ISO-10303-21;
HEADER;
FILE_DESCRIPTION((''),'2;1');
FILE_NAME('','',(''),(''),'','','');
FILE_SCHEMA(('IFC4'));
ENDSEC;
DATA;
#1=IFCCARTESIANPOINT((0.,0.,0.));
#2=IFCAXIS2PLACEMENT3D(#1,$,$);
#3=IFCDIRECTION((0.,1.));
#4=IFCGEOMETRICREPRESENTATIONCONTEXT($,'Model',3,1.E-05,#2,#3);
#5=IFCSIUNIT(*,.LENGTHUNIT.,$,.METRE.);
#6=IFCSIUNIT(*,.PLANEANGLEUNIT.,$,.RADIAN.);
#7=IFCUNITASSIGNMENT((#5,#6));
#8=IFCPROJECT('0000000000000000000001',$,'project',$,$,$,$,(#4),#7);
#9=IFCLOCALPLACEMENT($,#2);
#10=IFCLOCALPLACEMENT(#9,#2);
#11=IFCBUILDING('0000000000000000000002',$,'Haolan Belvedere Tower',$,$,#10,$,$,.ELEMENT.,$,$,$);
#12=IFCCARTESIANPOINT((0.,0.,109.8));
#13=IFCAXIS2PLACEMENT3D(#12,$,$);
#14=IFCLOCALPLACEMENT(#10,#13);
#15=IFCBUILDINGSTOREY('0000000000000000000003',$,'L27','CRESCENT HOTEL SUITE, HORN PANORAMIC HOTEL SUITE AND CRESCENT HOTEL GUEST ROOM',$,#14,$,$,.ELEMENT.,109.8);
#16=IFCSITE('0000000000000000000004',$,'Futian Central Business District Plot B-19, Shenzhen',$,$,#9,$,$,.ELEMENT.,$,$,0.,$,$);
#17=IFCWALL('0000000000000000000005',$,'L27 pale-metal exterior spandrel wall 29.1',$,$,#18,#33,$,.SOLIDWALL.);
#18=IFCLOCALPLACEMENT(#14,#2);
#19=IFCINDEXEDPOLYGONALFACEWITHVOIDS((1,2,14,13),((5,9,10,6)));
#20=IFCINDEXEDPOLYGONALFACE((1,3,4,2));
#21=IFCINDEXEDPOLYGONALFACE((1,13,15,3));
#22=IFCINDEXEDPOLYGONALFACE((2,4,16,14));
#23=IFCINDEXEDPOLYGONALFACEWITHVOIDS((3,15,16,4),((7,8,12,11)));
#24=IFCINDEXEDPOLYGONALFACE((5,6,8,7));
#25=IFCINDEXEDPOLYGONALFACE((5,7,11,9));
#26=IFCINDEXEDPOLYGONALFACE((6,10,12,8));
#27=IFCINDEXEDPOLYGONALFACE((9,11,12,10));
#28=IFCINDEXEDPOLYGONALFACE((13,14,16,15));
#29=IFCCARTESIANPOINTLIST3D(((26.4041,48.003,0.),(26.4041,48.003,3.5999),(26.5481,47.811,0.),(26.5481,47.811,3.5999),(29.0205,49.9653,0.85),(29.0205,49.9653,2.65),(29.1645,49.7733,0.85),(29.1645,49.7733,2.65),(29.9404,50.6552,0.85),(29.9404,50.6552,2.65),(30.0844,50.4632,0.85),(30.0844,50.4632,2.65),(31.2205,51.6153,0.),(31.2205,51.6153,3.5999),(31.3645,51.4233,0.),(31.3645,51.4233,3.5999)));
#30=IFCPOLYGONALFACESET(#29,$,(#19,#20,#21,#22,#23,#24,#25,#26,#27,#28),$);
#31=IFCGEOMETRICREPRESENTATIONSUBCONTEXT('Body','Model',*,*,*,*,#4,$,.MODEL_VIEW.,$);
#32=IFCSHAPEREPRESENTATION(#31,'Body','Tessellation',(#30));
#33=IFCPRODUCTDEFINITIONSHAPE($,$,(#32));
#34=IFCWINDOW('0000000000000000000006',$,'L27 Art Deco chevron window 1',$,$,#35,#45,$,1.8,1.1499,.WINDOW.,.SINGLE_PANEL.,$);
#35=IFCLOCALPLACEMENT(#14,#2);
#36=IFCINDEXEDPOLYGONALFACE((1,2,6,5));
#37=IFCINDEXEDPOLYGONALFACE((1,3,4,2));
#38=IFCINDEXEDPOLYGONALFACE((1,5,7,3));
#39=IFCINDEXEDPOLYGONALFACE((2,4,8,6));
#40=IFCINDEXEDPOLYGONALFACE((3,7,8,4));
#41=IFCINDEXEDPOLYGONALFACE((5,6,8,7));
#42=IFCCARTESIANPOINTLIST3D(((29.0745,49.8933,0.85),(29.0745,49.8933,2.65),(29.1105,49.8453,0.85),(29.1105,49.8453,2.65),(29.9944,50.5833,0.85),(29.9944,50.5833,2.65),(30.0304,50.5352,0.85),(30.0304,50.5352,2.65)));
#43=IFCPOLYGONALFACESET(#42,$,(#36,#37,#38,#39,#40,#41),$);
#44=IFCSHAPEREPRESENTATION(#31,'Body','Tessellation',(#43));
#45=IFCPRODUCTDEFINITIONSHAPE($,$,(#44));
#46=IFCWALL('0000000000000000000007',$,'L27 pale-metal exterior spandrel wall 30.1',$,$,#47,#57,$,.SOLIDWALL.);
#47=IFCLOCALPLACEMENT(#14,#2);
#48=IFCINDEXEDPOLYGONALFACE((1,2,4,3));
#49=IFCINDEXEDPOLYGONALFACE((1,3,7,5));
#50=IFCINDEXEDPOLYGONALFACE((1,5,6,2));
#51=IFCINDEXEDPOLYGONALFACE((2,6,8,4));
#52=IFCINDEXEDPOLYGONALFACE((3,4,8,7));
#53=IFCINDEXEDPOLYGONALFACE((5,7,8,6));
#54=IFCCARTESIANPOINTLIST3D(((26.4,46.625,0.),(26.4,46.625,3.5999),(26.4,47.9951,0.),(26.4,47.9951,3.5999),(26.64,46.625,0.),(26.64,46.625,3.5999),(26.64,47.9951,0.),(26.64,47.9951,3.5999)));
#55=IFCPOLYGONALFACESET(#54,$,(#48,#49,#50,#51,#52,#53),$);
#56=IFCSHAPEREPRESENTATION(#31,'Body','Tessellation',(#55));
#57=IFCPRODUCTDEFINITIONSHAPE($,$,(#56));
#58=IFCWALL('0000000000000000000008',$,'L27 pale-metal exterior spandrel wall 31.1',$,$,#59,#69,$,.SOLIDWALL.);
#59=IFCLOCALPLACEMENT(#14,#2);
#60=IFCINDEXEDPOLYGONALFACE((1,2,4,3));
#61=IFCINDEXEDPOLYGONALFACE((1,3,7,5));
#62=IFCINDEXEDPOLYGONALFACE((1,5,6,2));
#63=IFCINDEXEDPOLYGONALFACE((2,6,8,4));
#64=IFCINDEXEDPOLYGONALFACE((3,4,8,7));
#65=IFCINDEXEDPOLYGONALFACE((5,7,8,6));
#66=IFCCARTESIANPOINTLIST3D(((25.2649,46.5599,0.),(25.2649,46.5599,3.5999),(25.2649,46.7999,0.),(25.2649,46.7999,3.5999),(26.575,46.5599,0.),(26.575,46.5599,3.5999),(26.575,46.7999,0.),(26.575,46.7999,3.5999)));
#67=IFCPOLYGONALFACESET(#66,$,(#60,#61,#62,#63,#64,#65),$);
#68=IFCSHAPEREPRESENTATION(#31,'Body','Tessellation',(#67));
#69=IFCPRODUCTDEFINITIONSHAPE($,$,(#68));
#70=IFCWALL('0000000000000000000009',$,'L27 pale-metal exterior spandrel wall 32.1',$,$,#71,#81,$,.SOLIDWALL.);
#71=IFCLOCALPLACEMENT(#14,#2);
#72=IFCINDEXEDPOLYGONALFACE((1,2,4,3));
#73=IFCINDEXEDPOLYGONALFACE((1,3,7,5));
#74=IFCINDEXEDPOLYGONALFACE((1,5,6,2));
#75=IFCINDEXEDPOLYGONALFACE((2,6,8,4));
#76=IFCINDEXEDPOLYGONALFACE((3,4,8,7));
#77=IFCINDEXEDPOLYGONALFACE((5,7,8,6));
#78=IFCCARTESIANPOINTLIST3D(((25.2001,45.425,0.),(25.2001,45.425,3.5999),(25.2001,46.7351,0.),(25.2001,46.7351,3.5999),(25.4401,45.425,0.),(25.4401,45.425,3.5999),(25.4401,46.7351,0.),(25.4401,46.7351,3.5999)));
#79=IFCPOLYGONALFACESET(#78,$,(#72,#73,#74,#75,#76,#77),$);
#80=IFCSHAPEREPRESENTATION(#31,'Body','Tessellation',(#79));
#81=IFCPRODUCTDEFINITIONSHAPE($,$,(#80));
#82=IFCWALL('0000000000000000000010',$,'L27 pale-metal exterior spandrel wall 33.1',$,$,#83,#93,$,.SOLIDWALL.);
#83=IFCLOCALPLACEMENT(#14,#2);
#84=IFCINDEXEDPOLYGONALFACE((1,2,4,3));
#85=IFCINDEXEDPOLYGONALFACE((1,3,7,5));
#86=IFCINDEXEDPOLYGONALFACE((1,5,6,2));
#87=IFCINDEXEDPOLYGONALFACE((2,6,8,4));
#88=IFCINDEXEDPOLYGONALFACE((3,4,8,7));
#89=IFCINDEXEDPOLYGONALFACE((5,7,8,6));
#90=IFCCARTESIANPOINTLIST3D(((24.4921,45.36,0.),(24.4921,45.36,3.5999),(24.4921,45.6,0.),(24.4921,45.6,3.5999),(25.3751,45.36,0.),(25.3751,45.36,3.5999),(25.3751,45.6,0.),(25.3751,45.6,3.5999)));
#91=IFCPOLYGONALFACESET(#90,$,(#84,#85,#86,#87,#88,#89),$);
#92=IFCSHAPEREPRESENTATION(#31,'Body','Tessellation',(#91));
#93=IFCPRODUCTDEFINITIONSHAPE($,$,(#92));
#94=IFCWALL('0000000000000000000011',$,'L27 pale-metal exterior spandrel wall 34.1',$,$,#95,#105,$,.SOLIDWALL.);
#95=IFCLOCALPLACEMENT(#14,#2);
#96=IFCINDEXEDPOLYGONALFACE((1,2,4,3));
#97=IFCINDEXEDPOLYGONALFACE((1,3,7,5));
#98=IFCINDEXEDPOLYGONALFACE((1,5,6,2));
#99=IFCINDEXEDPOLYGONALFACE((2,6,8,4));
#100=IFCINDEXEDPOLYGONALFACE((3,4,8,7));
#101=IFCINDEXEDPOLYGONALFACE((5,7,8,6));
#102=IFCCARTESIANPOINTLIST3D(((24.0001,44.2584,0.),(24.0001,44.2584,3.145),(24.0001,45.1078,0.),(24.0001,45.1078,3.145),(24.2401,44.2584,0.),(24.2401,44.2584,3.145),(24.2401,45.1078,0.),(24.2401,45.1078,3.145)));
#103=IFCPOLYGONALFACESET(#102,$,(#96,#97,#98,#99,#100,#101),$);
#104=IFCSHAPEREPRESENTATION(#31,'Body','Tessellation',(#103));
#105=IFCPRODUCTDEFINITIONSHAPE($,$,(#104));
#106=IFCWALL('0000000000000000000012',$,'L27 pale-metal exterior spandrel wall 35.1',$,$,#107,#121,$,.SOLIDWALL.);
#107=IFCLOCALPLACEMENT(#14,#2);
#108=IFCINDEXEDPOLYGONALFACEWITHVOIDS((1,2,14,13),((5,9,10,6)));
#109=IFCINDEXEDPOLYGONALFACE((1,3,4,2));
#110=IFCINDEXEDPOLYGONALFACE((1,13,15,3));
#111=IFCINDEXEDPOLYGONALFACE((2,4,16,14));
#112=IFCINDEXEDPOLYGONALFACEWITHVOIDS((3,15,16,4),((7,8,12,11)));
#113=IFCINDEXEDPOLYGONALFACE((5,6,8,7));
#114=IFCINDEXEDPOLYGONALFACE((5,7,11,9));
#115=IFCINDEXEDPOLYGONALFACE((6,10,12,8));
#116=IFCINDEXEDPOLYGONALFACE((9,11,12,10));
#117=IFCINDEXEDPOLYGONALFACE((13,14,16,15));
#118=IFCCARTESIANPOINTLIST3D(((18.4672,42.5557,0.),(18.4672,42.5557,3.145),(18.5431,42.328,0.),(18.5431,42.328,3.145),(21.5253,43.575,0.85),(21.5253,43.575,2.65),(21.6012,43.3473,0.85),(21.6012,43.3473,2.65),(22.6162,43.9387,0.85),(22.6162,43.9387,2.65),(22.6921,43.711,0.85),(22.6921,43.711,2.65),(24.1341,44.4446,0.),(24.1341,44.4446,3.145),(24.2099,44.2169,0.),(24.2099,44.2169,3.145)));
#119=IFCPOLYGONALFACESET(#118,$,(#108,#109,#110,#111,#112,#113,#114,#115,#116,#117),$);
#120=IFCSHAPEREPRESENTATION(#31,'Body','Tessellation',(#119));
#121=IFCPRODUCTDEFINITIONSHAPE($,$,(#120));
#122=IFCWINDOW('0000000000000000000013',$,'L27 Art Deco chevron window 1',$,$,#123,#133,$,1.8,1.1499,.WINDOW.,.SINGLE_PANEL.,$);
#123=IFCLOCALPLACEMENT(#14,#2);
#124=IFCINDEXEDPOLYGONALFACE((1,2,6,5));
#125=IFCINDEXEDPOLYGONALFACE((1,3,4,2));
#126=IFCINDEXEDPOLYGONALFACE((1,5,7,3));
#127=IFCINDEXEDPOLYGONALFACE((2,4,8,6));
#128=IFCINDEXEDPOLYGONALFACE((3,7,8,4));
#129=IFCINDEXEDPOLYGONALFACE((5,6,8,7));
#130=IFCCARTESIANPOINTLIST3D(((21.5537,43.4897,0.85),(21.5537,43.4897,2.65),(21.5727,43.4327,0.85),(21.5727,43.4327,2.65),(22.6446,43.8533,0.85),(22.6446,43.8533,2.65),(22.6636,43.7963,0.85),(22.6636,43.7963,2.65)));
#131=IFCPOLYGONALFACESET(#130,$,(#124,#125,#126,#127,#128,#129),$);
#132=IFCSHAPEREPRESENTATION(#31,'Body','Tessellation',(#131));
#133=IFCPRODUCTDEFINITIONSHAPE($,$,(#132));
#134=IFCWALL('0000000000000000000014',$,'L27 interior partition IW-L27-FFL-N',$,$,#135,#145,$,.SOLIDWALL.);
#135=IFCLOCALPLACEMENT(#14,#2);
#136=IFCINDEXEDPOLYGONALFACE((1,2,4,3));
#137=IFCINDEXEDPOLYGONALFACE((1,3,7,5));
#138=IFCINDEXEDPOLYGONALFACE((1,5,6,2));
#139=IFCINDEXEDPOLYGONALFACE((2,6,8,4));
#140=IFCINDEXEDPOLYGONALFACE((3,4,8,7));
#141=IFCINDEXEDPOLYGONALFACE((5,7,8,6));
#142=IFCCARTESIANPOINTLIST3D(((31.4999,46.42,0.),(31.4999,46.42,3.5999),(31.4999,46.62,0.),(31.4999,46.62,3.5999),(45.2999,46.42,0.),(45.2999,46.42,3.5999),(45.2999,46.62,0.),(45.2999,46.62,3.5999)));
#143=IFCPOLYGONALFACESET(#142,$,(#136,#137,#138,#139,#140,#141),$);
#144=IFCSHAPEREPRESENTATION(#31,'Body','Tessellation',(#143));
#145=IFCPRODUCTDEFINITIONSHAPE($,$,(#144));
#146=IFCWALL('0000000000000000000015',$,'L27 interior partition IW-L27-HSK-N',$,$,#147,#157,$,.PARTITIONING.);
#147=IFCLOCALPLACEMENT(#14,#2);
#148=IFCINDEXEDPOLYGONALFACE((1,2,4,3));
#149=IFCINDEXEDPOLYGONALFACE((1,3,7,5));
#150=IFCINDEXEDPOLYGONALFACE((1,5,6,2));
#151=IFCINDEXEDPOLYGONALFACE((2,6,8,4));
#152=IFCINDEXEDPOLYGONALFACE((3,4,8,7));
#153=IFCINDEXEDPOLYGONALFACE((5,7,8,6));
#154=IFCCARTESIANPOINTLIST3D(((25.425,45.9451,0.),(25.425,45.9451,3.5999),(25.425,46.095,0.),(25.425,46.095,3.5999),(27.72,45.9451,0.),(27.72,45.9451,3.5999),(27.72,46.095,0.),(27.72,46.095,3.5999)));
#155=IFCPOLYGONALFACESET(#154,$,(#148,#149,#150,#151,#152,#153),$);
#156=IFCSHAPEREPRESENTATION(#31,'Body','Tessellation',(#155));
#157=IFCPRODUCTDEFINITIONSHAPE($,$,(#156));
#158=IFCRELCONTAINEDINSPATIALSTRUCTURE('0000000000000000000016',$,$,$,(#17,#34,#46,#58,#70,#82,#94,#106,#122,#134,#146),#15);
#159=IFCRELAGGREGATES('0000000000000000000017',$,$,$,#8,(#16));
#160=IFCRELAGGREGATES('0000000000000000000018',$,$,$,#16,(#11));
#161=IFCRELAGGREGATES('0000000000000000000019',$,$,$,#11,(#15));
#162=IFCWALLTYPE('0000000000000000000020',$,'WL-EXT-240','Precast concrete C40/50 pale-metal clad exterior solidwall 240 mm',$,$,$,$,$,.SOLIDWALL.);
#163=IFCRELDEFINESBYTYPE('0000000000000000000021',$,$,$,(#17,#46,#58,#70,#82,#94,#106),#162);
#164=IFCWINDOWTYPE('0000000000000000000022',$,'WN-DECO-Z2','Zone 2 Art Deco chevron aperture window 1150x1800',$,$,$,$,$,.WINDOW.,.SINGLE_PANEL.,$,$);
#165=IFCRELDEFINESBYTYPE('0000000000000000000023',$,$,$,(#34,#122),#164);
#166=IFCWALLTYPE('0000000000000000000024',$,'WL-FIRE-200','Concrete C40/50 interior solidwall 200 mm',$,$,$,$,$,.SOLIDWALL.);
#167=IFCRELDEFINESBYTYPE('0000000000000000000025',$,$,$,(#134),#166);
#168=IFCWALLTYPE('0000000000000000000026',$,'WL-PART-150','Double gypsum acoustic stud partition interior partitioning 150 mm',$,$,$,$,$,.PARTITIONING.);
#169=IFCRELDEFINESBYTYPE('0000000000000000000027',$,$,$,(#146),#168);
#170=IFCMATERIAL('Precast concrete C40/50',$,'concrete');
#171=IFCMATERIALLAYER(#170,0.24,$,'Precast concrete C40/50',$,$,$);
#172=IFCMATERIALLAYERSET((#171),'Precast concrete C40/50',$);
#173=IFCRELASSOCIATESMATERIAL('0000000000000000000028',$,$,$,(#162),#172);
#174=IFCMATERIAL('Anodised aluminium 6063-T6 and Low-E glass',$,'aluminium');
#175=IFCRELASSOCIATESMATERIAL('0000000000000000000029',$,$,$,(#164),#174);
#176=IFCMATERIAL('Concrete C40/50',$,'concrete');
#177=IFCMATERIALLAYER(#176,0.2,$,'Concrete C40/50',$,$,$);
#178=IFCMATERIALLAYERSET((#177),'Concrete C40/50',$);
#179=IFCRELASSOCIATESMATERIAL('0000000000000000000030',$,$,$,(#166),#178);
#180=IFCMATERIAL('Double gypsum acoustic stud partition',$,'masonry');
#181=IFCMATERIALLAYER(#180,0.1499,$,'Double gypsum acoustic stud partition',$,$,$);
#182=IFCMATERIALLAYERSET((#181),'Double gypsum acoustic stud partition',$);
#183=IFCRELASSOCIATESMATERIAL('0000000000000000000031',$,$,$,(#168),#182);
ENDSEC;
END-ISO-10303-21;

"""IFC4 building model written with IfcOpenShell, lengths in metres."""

from ifc_helpers import new_model, si_unit, direction, frame, frame_2d, origin, place, context, subcontext, project, spatial, rectangle, extrude, material, layer, layer_set, type_object, element, fill, save


model = new_model("IFC4")

# Units and contexts
model_context = context("Model", 3, precision=1e-05, world=origin(), true_north=direction((0.0, 1.0)))
body_context = subcontext(model_context, "Body", "Model", "MODEL_VIEW")
ifc_project = project(units=[si_unit("LENGTHUNIT", "METRE"), si_unit("PLANEANGLEUNIT", "RADIAN")], contexts=[model_context])

# Site, building, storey
site_placement = place(None, origin())
site = spatial("IfcSite", under=ifc_project, at=site_placement, Name="Futian Central Business District Plot B-19, Shenzhen", CompositionType="ELEMENT", RefElevation=0.0)
building_placement = place(site_placement, origin())
building = spatial("IfcBuilding", under=site, at=building_placement, Name="Haolan Belvedere Tower", CompositionType="ELEMENT")
storey_placement = place(building_placement, frame((0.0, 0.0, 109.8)))
storey = spatial("IfcBuildingStorey", under=building, at=storey_placement, Name="L27", Description="CRESCENT HOTEL SUITE, HORN PANORAMIC HOTEL SUITE AND CRESCENT HOTEL GUEST ROOM", CompositionType="ELEMENT", Elevation=109.8)

# Wall, opening, window
ifc_material_1 = material(Name="Precast concrete C40/50", Category="concrete")
ifc_layer_1 = layer(ifc_material_1, 0.24, Name="Precast concrete C40/50")
ifc_layer_set_1 = layer_set([ifc_layer_1], Name="Precast concrete C40/50")
wall_type_1 = type_object("IfcWallType", Name="WL-EXT-240", Description="Precast concrete C40/50 pale-metal clad exterior solidwall 240 mm", PredefinedType="SOLIDWALL", material=ifc_layer_set_1)
wall_1_placement = place(storey_placement, frame((31.2925, 51.5193, 0.0), z_axis=(0.0, 0.0, 1.0), x_axis=(-0.8, -0.6, 0.0)))
wall_1 = element("IfcWall", 1, at=wall_1_placement, inside=storey, type_object=wall_type_1, Name="L27 pale-metal exterior spandrel wall 29.1", PredefinedType="SOLIDWALL", context=body_context, shape_type="SweptSolid", body=[
    extrude(rectangle(XDim=6.0205, YDim=0.24, at=frame_2d((3.0103, 0.0))), origin(), (0.0, 0.0, 1.0), 3.5999),
])
opening_1_placement = place(wall_1_placement, frame((1.6001, 0.0, 0.8501)))
opening_1 = element("IfcOpeningElement", 2, at=opening_1_placement, cuts=wall_1, PredefinedType="OPENING", context=body_context, shape_type="SweptSolid", body=[
    extrude(rectangle(XDim=1.1499, YDim=1.8, at=frame_2d((0.575, 0.8999))), frame((0.0, 0.1299, 0.0), z_axis=(0.0, -1.0, 0.0), x_axis=(1.0, 0.0, 0.0)), (0.0, 0.0, 1.0), 0.26),
])
ifc_material_2 = material(Name="Anodised aluminium 6063-T6 and Low-E glass", Category="aluminium")
window_type = type_object("IfcWindowType", Name="WN-DECO-Z2", Description="Zone 2 Art Deco chevron aperture window 1150x1800", PartitioningType="SINGLE_PANEL", PredefinedType="WINDOW", material=ifc_material_2)
window_1_placement = place(opening_1_placement, origin())
window_1 = element("IfcWindow", 3, at=window_1_placement, inside=storey, type_object=window_type, Name="L27 Art Deco chevron window 1", OverallHeight=1.8, OverallWidth=1.1499, PartitioningType="SINGLE_PANEL", PredefinedType="WINDOW", context=body_context, shape_type="SweptSolid", body=[
    extrude(rectangle(XDim=1.1499, YDim=1.8, at=frame_2d((0.575, 0.8999))), frame((0.0, 0.03, 0.0), z_axis=(0.0, -1.0, 0.0), x_axis=(1.0, 0.0, 0.0)), (0.0, 0.0, 1.0), 0.0601),
])
fill(opening_1, window_1)

# Walls
wall_2_placement = place(storey_placement, frame((26.52, 47.9951, 0.0), z_axis=(0.0, 0.0, 1.0), x_axis=(0.0, -1.0, 0.0)))
element("IfcWall", 4, at=wall_2_placement, inside=storey, type_object=wall_type_1, Name="L27 pale-metal exterior spandrel wall 30.1", PredefinedType="SOLIDWALL", context=body_context, shape_type="SweptSolid", body=[
    extrude(rectangle(XDim=1.3701, YDim=0.24, at=frame_2d((0.6851, 0.0))), origin(), (0.0, 0.0, 1.0), 3.5999),
])
for number, where, z_axis, x_axis, name in (
    (5, (26.575, 46.6799, 0.0), (0.0, 0.0, 1.0), (-1.0, 0.0, 0.0), "L27 pale-metal exterior spandrel wall 31.1"),
    (6, (25.3201, 46.7351, 0.0), (0.0, 0.0, 1.0), (0.0, -1.0, 0.0), "L27 pale-metal exterior spandrel wall 32.1"),
):
    element("IfcWall", number, at=place(storey_placement, frame(where, z_axis=z_axis, x_axis=x_axis)), inside=storey, type_object=wall_type_1, Name=name, PredefinedType="SOLIDWALL", context=body_context, shape_type="SweptSolid", body=[
        extrude(rectangle(XDim=1.3101, YDim=0.24, at=frame_2d((0.655, 0.0))), origin(), (0.0, 0.0, 1.0), 3.5999),
    ])
wall_3_placement = place(storey_placement, frame((25.375, 45.48, 0.0), z_axis=(0.0, 0.0, 1.0), x_axis=(-1.0, 0.0, 0.0)))
element("IfcWall", 7, at=wall_3_placement, inside=storey, type_object=wall_type_1, Name="L27 pale-metal exterior spandrel wall 33.1", PredefinedType="SOLIDWALL", context=body_context, shape_type="SweptSolid", body=[
    extrude(rectangle(XDim=0.8831, YDim=0.24, at=frame_2d((0.4414, 0.0))), origin(), (0.0, 0.0, 1.0), 3.5999),
])
wall_4_placement = place(storey_placement, frame((24.1201, 45.1079, 0.0), z_axis=(0.0, 0.0, 1.0), x_axis=(0.0, -1.0, 0.0)))
element("IfcWall", 8, at=wall_4_placement, inside=storey, type_object=wall_type_1, Name="L27 pale-metal exterior spandrel wall 34.1", PredefinedType="SOLIDWALL", context=body_context, shape_type="SweptSolid", body=[
    extrude(rectangle(XDim=0.8494, YDim=0.24, at=frame_2d((0.4248, 0.0))), origin(), (0.0, 0.0, 1.0), 3.145),
])

# Wall, opening, window
wall_5_placement = place(storey_placement, frame((24.1721, 44.3308, 0.0), z_axis=(0.0, 0.0, 1.0), x_axis=(-0.948683, -0.316228, 0.0)))
wall_5 = element("IfcWall", 9, at=wall_5_placement, inside=storey, type_object=wall_type_1, Name="L27 pale-metal exterior spandrel wall 35.1", PredefinedType="SOLIDWALL", context=body_context, shape_type="SweptSolid", body=[
    extrude(rectangle(XDim=5.9734, YDim=0.24, at=frame_2d((2.9868, 0.0))), origin(), (0.0, 0.0, 1.0), 3.145),
])
opening_2_placement = place(wall_5_placement, frame((1.6001, 0.0, 0.8501)))
opening_2 = element("IfcOpeningElement", 10, at=opening_2_placement, cuts=wall_5, PredefinedType="OPENING", context=body_context, shape_type="SweptSolid", body=[
    extrude(rectangle(XDim=1.1499, YDim=1.8, at=frame_2d((0.575, 0.8999))), frame((0.0, 0.1299, 0.0), z_axis=(0.0, -1.0, 0.0), x_axis=(1.0, 0.0, 0.0)), (0.0, 0.0, 1.0), 0.26),
])
window_2_placement = place(opening_2_placement, origin())
window_2 = element("IfcWindow", 11, at=window_2_placement, inside=storey, type_object=window_type, Name="L27 Art Deco chevron window 1", OverallHeight=1.8, OverallWidth=1.1499, PartitioningType="SINGLE_PANEL", PredefinedType="WINDOW", context=body_context, shape_type="SweptSolid", body=[
    extrude(rectangle(XDim=1.1499, YDim=1.8, at=frame_2d((0.575, 0.8999))), frame((0.0, 0.03, 0.0), z_axis=(0.0, -1.0, 0.0), x_axis=(1.0, 0.0, 0.0)), (0.0, 0.0, 1.0), 0.0601),
])
fill(opening_2, window_2)

# Wall
ifc_material_3 = material(Name="Concrete C40/50", Category="concrete")
ifc_layer_2 = layer(ifc_material_3, 0.2, Name="Concrete C40/50")
ifc_layer_set_2 = layer_set([ifc_layer_2], Name="Concrete C40/50")
wall_type_2 = type_object("IfcWallType", Name="WL-FIRE-200", Description="Concrete C40/50 interior solidwall 200 mm", PredefinedType="SOLIDWALL", material=ifc_layer_set_2)
wall_6_placement = place(storey_placement, frame((31.5, 46.52, 0.0), z_axis=(0.0, 0.0, 1.0), x_axis=(1.0, 0.0, 0.0)))
element("IfcWall", 12, at=wall_6_placement, inside=storey, type_object=wall_type_2, Name="L27 interior partition IW-L27-FFL-N", PredefinedType="SOLIDWALL", context=body_context, shape_type="SweptSolid", body=[
    extrude(rectangle(XDim=13.8, YDim=0.2, at=frame_2d((6.8999, 0.0))), origin(), (0.0, 0.0, 1.0), 3.5999),
])

# Wall
ifc_material_4 = material(Name="Double gypsum acoustic stud partition", Category="masonry")
ifc_layer_3 = layer(ifc_material_4, 0.1499, Name="Double gypsum acoustic stud partition")
ifc_layer_set_3 = layer_set([ifc_layer_3], Name="Double gypsum acoustic stud partition")
wall_type_3 = type_object("IfcWallType", Name="WL-PART-150", Description="Double gypsum acoustic stud partition interior partitioning 150 mm", PredefinedType="PARTITIONING", material=ifc_layer_set_3)
wall_7_placement = place(storey_placement, frame((25.425, 46.02, 0.0), z_axis=(0.0, 0.0, 1.0), x_axis=(1.0, 0.0, 0.0)))
element("IfcWall", 13, at=wall_7_placement, inside=storey, type_object=wall_type_3, Name="L27 interior partition IW-L27-HSK-N", PredefinedType="PARTITIONING", context=body_context, shape_type="SweptSolid", body=[
    extrude(rectangle(XDim=2.2949, YDim=0.1499, at=frame_2d((1.1475, 0.0))), origin(), (0.0, 0.0, 1.0), 3.5999),
])

save(model, "model.ifc")
